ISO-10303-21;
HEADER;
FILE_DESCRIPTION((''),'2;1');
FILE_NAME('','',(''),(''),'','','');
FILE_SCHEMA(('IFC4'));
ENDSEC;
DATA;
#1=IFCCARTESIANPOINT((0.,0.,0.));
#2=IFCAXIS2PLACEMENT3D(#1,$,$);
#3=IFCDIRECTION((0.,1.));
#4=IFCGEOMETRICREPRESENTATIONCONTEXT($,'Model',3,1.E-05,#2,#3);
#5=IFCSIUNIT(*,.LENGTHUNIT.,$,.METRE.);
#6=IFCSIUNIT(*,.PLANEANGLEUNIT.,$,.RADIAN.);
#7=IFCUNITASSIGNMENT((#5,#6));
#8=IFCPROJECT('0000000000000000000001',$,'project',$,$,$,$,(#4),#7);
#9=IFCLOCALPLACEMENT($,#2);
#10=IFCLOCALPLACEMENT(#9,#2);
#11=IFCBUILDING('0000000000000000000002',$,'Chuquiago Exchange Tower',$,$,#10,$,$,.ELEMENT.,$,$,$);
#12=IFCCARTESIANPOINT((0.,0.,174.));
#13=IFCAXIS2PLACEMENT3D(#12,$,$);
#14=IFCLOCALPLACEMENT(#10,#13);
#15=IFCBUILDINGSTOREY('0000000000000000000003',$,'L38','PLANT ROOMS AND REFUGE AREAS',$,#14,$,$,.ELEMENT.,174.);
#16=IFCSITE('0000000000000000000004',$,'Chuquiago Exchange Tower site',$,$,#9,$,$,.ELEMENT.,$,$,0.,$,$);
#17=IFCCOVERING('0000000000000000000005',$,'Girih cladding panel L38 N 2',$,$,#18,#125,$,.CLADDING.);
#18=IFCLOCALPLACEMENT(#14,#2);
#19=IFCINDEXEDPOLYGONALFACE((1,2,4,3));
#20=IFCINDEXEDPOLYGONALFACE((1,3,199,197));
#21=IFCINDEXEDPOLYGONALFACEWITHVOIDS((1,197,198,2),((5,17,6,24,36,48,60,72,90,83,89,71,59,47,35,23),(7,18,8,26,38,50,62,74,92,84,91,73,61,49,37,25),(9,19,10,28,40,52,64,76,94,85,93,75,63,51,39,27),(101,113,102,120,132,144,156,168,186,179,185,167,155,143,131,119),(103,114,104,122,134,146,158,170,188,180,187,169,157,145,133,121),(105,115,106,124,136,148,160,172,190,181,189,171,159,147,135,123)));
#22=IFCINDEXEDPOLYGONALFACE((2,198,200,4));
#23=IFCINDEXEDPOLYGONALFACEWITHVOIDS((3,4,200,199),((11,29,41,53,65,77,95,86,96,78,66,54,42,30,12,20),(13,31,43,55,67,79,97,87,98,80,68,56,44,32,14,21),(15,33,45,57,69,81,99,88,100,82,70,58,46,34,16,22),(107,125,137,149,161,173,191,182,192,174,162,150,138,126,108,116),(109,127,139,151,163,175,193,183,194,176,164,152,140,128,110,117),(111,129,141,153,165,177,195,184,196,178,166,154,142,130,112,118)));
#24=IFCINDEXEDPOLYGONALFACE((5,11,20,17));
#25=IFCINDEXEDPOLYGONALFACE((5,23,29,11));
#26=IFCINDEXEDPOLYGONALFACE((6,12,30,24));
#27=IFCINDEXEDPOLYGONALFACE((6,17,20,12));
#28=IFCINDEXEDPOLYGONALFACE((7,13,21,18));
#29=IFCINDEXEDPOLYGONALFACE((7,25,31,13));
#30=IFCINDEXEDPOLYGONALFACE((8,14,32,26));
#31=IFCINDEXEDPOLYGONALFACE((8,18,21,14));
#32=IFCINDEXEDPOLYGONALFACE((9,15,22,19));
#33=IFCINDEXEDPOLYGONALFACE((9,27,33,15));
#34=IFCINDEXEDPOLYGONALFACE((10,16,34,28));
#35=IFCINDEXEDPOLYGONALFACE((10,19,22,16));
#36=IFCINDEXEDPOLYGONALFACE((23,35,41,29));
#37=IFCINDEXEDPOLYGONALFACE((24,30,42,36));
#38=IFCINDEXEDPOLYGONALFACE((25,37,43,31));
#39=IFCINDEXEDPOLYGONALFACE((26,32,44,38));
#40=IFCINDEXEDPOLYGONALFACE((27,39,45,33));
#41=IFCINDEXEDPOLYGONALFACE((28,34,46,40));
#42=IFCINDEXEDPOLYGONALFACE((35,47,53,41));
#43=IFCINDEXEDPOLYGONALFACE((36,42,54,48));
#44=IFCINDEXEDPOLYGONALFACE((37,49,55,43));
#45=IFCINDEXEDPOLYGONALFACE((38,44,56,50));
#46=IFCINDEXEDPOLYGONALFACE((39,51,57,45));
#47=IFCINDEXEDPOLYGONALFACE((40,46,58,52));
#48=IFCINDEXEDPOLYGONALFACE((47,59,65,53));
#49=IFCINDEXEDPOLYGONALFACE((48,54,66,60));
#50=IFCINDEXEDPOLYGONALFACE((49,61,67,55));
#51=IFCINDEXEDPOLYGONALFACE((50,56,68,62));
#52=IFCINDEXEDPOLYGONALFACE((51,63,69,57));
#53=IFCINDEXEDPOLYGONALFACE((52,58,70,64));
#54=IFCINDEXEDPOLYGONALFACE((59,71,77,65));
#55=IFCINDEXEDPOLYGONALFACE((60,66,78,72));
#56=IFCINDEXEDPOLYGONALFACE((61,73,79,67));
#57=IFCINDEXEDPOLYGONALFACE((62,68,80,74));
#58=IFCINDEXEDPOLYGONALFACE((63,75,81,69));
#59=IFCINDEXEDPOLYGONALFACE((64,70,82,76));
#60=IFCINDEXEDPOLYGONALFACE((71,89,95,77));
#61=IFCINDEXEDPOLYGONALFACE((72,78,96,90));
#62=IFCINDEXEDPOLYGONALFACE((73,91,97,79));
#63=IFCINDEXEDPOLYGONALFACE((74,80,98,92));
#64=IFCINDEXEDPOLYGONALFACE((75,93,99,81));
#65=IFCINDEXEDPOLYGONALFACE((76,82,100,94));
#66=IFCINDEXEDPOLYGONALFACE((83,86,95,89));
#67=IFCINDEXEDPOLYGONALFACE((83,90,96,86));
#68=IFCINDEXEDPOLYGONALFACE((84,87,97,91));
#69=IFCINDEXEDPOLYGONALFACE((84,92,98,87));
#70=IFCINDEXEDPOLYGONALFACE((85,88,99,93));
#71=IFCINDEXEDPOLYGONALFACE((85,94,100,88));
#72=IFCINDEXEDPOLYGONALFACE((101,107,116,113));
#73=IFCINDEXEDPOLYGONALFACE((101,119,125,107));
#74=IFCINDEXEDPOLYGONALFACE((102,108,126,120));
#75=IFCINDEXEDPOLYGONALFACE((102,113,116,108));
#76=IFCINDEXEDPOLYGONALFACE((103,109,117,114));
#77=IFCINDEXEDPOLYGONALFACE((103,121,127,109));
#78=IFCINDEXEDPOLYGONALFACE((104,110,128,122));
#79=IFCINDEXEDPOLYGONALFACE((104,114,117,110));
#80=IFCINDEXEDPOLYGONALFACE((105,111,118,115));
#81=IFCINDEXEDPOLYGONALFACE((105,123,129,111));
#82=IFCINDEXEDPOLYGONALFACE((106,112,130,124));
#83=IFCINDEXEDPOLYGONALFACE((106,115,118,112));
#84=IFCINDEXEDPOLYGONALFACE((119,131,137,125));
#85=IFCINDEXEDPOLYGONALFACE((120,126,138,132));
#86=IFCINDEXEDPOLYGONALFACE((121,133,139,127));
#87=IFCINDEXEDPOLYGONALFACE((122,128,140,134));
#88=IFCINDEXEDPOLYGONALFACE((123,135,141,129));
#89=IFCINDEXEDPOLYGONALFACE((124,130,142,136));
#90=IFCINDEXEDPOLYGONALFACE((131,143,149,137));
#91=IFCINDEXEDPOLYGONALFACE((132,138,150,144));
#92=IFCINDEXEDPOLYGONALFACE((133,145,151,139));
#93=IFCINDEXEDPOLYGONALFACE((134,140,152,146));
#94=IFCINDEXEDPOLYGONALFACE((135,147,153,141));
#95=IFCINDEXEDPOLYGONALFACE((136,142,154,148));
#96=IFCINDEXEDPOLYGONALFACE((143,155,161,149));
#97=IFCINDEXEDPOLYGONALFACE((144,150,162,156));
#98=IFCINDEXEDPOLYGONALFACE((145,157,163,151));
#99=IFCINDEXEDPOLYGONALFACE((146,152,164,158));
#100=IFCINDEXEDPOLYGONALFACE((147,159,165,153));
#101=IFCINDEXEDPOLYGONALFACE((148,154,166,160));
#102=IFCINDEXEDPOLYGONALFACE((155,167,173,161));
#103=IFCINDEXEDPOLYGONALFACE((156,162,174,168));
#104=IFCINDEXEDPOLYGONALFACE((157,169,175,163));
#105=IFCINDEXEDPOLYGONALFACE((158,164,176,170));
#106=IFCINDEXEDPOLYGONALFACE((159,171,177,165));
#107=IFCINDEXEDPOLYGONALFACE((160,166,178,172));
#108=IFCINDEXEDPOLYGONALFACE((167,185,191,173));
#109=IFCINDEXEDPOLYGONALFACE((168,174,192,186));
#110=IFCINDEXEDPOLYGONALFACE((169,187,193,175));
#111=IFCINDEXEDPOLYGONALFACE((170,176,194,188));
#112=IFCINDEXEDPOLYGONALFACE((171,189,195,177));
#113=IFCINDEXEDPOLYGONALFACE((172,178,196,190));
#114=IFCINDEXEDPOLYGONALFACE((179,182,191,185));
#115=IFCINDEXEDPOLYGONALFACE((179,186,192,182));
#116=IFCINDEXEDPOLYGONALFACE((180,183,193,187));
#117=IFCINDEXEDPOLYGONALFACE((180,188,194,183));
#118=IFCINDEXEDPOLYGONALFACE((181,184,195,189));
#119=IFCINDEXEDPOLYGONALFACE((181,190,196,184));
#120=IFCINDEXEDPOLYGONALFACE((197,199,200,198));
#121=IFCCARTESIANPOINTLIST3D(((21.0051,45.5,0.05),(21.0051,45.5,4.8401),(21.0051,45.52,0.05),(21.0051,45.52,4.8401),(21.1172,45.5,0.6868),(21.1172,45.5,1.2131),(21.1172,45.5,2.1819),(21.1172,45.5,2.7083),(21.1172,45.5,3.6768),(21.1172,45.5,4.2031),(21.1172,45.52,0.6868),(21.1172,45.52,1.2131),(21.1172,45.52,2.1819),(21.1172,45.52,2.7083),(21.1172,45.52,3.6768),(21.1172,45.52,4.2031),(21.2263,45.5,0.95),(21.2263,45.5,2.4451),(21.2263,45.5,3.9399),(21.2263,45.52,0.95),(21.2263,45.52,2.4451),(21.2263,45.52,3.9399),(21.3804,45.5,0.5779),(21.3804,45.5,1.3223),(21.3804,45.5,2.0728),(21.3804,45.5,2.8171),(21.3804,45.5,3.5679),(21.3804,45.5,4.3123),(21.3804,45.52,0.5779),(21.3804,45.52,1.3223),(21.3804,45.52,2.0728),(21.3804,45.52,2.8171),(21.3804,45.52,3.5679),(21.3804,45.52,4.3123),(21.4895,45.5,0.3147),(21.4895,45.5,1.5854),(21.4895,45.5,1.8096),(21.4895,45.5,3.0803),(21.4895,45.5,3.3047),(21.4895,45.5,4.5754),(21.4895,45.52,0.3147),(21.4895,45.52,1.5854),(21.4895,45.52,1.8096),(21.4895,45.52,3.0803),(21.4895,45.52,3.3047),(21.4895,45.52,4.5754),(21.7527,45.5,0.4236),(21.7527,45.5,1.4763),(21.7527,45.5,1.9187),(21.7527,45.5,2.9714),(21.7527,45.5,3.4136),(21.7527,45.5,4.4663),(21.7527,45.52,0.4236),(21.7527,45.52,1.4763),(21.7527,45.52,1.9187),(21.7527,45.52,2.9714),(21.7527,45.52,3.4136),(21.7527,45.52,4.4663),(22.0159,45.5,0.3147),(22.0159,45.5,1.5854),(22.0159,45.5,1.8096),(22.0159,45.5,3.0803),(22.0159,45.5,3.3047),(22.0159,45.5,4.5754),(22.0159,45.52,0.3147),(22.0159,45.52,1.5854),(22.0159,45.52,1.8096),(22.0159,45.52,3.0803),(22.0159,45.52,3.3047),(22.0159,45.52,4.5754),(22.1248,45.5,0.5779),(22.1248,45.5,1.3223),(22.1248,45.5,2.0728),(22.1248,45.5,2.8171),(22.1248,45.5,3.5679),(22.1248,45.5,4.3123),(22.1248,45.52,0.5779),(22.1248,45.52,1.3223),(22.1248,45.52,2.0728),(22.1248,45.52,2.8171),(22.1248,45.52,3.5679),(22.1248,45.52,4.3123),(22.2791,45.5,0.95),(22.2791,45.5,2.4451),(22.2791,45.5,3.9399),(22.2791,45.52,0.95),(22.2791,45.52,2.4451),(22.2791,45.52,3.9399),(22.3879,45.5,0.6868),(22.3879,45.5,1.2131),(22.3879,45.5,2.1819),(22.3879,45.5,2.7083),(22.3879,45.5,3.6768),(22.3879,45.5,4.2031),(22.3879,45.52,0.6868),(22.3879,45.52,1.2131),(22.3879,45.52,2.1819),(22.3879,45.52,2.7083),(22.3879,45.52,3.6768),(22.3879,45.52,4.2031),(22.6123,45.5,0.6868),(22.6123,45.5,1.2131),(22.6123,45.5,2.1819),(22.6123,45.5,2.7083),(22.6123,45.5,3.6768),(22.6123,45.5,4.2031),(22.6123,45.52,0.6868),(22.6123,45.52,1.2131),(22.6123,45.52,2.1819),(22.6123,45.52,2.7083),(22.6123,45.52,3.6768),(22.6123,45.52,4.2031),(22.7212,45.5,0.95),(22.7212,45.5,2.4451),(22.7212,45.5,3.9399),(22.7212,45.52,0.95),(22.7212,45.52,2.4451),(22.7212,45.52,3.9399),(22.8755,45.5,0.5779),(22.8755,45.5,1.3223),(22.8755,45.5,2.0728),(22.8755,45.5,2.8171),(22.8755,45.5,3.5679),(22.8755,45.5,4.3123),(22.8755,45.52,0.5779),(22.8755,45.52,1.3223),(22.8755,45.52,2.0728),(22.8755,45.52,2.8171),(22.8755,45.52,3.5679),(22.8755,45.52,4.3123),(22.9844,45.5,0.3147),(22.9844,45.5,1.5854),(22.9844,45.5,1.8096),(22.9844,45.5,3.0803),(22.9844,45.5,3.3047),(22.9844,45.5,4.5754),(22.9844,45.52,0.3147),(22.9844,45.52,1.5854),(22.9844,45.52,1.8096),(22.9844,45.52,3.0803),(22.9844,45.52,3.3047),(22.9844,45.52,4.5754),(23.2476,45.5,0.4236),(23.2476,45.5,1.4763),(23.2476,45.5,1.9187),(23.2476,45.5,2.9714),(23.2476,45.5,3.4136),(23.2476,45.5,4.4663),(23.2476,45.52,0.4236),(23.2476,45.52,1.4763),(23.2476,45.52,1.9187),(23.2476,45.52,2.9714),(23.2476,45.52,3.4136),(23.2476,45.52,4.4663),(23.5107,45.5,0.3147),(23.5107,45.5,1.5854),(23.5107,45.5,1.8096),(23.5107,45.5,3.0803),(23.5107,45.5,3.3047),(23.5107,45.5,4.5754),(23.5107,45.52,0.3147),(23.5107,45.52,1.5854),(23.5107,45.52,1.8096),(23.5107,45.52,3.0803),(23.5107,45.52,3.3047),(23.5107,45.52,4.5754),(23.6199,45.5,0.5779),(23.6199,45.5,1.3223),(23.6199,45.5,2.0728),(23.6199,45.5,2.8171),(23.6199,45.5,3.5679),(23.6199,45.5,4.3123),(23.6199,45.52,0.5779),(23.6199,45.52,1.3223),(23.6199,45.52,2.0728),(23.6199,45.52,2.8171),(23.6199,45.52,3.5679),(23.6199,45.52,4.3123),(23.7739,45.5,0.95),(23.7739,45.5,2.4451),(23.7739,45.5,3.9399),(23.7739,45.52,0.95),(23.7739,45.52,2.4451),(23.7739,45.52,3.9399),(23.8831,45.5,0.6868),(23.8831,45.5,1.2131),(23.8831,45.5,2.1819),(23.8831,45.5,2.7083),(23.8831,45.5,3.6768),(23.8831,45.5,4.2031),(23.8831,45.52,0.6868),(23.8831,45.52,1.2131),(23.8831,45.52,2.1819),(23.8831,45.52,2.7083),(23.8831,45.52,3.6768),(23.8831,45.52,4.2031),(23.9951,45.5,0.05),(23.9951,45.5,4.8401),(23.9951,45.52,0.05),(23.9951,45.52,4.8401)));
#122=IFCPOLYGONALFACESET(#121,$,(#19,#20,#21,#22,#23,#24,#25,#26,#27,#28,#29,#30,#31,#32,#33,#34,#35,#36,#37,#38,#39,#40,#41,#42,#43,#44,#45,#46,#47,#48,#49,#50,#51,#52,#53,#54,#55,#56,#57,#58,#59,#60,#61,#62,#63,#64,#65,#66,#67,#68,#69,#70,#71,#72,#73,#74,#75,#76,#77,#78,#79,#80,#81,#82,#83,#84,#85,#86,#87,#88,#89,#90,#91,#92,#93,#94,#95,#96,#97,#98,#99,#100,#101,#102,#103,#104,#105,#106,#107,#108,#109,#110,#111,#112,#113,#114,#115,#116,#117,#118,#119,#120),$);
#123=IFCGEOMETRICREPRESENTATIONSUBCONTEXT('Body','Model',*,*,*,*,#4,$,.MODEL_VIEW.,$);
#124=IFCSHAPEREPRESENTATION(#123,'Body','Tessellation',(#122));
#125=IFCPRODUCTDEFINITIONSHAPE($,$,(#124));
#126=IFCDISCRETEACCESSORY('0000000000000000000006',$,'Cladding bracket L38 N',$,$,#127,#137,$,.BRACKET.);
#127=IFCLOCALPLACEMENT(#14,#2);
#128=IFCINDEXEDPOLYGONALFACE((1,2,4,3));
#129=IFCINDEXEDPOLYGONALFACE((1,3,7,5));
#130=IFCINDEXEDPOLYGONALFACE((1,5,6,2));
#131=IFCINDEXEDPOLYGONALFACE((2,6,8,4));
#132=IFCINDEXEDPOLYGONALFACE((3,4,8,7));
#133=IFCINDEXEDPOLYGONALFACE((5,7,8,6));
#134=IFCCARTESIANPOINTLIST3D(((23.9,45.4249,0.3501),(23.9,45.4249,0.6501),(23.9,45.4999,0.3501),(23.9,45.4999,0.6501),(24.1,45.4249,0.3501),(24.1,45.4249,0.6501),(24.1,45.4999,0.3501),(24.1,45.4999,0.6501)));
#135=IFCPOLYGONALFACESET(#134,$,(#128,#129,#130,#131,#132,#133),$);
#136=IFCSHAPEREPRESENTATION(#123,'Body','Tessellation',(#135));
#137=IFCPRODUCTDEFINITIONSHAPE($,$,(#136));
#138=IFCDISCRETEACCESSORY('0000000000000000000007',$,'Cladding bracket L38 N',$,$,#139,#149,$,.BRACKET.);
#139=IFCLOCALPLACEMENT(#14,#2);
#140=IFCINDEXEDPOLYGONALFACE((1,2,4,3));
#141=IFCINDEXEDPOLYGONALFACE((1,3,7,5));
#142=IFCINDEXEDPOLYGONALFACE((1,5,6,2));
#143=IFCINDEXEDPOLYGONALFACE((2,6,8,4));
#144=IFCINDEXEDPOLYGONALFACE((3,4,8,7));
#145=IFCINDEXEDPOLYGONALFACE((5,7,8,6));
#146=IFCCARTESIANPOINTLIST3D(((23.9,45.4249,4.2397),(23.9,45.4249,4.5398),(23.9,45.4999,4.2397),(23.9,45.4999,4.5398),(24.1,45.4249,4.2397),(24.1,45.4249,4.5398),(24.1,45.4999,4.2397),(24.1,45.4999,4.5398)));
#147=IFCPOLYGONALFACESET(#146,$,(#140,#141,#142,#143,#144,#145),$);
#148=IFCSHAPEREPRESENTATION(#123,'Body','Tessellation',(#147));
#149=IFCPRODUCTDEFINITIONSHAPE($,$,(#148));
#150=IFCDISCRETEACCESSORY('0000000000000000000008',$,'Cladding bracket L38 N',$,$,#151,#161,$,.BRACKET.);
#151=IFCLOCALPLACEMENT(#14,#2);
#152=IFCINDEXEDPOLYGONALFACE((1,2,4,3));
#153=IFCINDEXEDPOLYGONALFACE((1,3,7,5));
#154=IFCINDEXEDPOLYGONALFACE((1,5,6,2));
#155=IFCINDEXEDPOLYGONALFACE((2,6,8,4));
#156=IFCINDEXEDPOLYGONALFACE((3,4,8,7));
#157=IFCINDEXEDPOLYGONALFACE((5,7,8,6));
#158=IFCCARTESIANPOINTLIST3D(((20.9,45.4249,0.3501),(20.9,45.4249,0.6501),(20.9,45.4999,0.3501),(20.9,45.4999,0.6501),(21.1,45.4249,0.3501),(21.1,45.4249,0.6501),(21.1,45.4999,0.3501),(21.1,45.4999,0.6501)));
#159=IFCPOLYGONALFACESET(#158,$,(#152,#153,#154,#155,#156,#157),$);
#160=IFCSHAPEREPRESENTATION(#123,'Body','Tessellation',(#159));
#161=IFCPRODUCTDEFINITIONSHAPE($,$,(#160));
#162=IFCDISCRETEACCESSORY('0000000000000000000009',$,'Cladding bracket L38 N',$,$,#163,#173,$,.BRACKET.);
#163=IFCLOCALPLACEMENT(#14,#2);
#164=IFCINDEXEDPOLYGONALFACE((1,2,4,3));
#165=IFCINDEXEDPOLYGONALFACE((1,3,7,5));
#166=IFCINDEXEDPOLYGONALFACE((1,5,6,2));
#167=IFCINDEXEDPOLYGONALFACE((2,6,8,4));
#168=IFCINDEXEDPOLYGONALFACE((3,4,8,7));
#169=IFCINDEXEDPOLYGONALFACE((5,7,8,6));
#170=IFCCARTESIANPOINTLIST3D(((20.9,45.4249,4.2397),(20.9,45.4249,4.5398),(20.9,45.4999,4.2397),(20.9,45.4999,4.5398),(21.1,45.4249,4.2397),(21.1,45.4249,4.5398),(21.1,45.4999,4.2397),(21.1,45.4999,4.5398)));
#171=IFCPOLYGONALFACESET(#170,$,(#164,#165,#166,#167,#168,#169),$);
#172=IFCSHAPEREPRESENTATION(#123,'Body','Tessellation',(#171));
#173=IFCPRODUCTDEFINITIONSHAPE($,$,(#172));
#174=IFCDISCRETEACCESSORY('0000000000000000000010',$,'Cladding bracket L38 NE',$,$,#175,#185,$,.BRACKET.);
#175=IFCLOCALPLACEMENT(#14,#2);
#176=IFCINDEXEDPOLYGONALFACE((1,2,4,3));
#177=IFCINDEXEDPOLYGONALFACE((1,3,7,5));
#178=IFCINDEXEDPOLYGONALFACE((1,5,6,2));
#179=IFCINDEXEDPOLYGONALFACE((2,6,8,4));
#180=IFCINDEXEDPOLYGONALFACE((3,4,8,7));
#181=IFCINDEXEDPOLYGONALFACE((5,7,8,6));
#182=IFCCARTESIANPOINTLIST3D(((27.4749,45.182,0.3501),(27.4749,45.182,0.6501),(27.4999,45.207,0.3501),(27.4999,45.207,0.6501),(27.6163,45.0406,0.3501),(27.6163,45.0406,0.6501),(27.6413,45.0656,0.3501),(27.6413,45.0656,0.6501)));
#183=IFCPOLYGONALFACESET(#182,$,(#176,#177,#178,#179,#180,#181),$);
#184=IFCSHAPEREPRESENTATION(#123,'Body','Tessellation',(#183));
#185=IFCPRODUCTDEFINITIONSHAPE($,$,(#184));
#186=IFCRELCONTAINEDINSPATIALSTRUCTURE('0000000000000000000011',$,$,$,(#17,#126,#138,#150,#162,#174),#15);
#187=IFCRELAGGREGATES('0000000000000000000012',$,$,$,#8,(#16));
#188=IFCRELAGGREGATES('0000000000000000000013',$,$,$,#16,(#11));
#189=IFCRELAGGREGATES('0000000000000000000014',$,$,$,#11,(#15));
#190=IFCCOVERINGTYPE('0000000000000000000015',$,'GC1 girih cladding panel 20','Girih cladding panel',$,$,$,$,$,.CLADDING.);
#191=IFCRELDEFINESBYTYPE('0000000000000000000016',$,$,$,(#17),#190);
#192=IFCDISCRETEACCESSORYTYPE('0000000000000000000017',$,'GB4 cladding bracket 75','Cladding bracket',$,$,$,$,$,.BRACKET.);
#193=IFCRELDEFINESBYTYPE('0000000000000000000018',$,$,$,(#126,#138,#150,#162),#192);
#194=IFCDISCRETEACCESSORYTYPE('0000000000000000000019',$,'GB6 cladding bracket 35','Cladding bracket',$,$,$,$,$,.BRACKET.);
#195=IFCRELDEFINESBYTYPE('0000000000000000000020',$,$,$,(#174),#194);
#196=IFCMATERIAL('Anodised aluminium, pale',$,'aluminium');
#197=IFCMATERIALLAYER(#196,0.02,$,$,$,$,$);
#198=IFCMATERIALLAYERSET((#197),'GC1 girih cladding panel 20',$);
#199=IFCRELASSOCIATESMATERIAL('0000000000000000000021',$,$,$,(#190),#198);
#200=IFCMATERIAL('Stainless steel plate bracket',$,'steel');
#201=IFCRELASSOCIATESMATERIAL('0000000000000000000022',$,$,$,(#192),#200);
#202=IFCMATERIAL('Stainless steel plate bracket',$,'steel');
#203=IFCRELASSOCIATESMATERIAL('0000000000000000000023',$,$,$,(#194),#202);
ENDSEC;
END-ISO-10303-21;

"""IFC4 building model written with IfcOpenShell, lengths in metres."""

from ifc_helpers import new_model, si_unit, direction, frame, origin, origin_2d, place, context, subcontext, project, spatial, polyline, rectangle, outline, extrude, material, layer, layer_set, type_object, element, save


model = new_model("IFC4")

# Units and contexts
model_context = context("Model", 3, precision=1e-05, world=origin(), true_north=direction((0.0, 1.0)))
body_context = subcontext(model_context, "Body", "Model", "MODEL_VIEW")
ifc_project = project(units=[si_unit("LENGTHUNIT", "METRE"), si_unit("PLANEANGLEUNIT", "RADIAN")], contexts=[model_context])

# Site, building, storey
site_placement = place(None, origin())
site = spatial("IfcSite", under=ifc_project, at=site_placement, Name="Chuquiago Exchange Tower site", CompositionType="ELEMENT", RefElevation=0.0)
building_placement = place(site_placement, origin())
building = spatial("IfcBuilding", under=site, at=building_placement, Name="Chuquiago Exchange Tower", CompositionType="ELEMENT")
storey_placement = place(building_placement, frame((0.0, 0.0, 174.0)))
storey = spatial("IfcBuildingStorey", under=building, at=storey_placement, Name="L38", Description="PLANT ROOMS AND REFUGE AREAS", CompositionType="ELEMENT", Elevation=174.0)

# Covering
ifc_material_1 = material(Name="Anodised aluminium, pale", Category="aluminium")
ifc_layer_1 = layer(ifc_material_1, 0.02)
ifc_layer_set_1 = layer_set([ifc_layer_1], Name="GC1 girih cladding panel 20")
covering_type = type_object("IfcCoveringType", Name="GC1 girih cladding panel 20", Description="Girih cladding panel", PredefinedType="CLADDING", material=ifc_layer_set_1)
covering_1_placement = place(storey_placement, frame((23.9951, 45.5, 0.05), z_axis=(0.0, 0.0, 1.0), x_axis=(-1.0, 0.0, 0.0)))
element("IfcCovering", 1, at=covering_1_placement, inside=storey, type_object=covering_type, Name="Girih cladding panel L38 N 2", PredefinedType="CLADDING", context=body_context, shape_type="SweptSolid", body=[
    extrude(outline(polyline([(0.0, 0.0), (2.99, 0.0), (2.99, 4.79), (0.0, 4.79), (0.0, 0.0)]), holes=[polyline([(1.2739, 0.8999), (1.3828, 1.1631), (1.1196, 1.2722), (1.0107, 1.5354), (0.7476, 1.4263), (0.4844, 1.5354), (0.3752, 1.2722), (0.1121, 1.1631), (0.2212, 0.8999), (0.1121, 0.6367), (0.3752, 0.5278), (0.4844, 0.2646), (0.7476, 0.3735), (1.0107, 0.2646), (1.1196, 0.5278), (1.3828, 0.6367), (1.2739, 0.8999)]), polyline([(2.7688, 0.8999), (2.8779, 1.1631), (2.6147, 1.2722), (2.5056, 1.5354), (2.2424, 1.4263), (1.9792, 1.5354), (1.8704, 1.2722), (1.6072, 1.1631), (1.7161, 0.8999), (1.6072, 0.6367), (1.8704, 0.5278), (1.9792, 0.2646), (2.2424, 0.3735), (2.5056, 0.2646), (2.6147, 0.5278), (2.8779, 0.6367), (2.7688, 0.8999)]), polyline([(1.2739, 2.395), (1.3828, 2.6582), (1.1196, 2.7671), (1.0107, 3.0303), (0.7476, 2.9214), (0.4844, 3.0303), (0.3752, 2.7671), (0.1121, 2.6582), (0.2212, 2.395), (0.1121, 2.1318), (0.3752, 2.0227), (0.4844, 1.7595), (0.7476, 1.8687), (1.0107, 1.7595), (1.1196, 2.0227), (1.3828, 2.1318), (1.2739, 2.395)]), polyline([(2.7688, 2.395), (2.8779, 2.6582), (2.6147, 2.7671), (2.5056, 3.0303), (2.2424, 2.9214), (1.9792, 3.0303), (1.8704, 2.7671), (1.6072, 2.6582), (1.7161, 2.395), (1.6072, 2.1318), (1.8704, 2.0227), (1.9792, 1.7595), (2.2424, 1.8687), (2.5056, 1.7595), (2.6147, 2.0227), (2.8779, 2.1318), (2.7688, 2.395)]), polyline([(1.2739, 3.8899), (1.3828, 4.1531), (1.1196, 4.2622), (1.0107, 4.5254), (0.7476, 4.4163), (0.4844, 4.5254), (0.3752, 4.2622), (0.1121, 4.1531), (0.2212, 3.8899), (0.1121, 3.6267), (0.3752, 3.5178), (0.4844, 3.2546), (0.7476, 3.3635), (1.0107, 3.2546), (1.1196, 3.5178), (1.3828, 3.6267), (1.2739, 3.8899)]), polyline([(2.7688, 3.8899), (2.8779, 4.1531), (2.6147, 4.2622), (2.5056, 4.5254), (2.2424, 4.4163), (1.9792, 4.5254), (1.8704, 4.2622), (1.6072, 4.1531), (1.7161, 3.8899), (1.6072, 3.6267), (1.8704, 3.5178), (1.9792, 3.2546), (2.2424, 3.3635), (2.5056, 3.2546), (2.6147, 3.5178), (2.8779, 3.6267), (2.7688, 3.8899)])]), frame((0.0, 0.0, 0.0), z_axis=(0.0, -1.0, 0.0), x_axis=(1.0, 0.0, 0.0)), (0.0, 0.0, 1.0), 0.02),
])

# Discrete accessories
ifc_material_2 = material(Name="Stainless steel plate bracket", Category="steel")
discrete_accessory_type_1 = type_object("IfcDiscreteAccessoryType", Name="GB4 cladding bracket 75", Description="Cladding bracket", PredefinedType="BRACKET", material=ifc_material_2)
for number, where, z_axis, x_axis, name in (
    (2, (24.0, 45.4624, 0.3501), (0.0, 0.0, 1.0), (-1.0, 0.0, 0.0), "Cladding bracket L38 N"),
    (3, (24.0, 45.4624, 4.2397), (0.0, 0.0, 1.0), (-1.0, 0.0, 0.0), "Cladding bracket L38 N"),
    (4, (21.0, 45.4624, 0.3501), (0.0, 0.0, 1.0), (-1.0, 0.0, 0.0), "Cladding bracket L38 N"),
    (5, (21.0, 45.4624, 4.2397), (0.0, 0.0, 1.0), (-1.0, 0.0, 0.0), "Cladding bracket L38 N"),
):
    element("IfcDiscreteAccessory", number, at=place(storey_placement, frame(where, z_axis=z_axis, x_axis=x_axis)), inside=storey, type_object=discrete_accessory_type_1, Name=name, PredefinedType="BRACKET", context=body_context, shape_type="SweptSolid", body=[
        extrude(rectangle(XDim=0.2, YDim=0.075, at=origin_2d()), origin(), (0.0, 0.0, 1.0), 0.3),
    ])
ifc_material_3 = material(Name="Stainless steel plate bracket", Category="steel")
discrete_accessory_type_2 = type_object("IfcDiscreteAccessoryType", Name="GB6 cladding bracket 35", Description="Cladding bracket", PredefinedType="BRACKET", material=ifc_material_3)
for number, where, z_axis, x_axis, name in (
    (6, (27.5581, 45.1238, 0.3501), (0.0, 0.0, 1.0), (-0.707107, 0.707107, 0.0), "Cladding bracket L38 NE"),
):
    element("IfcDiscreteAccessory", number, at=place(storey_placement, frame(where, z_axis=z_axis, x_axis=x_axis)), inside=storey, type_object=discrete_accessory_type_2, Name=name, PredefinedType="BRACKET", context=body_context, shape_type="SweptSolid", body=[
        extrude(rectangle(XDim=0.2, YDim=0.0354, at=origin_2d()), origin(), (0.0, 0.0, 1.0), 0.3),
    ])

save(model, "model.ifc")
